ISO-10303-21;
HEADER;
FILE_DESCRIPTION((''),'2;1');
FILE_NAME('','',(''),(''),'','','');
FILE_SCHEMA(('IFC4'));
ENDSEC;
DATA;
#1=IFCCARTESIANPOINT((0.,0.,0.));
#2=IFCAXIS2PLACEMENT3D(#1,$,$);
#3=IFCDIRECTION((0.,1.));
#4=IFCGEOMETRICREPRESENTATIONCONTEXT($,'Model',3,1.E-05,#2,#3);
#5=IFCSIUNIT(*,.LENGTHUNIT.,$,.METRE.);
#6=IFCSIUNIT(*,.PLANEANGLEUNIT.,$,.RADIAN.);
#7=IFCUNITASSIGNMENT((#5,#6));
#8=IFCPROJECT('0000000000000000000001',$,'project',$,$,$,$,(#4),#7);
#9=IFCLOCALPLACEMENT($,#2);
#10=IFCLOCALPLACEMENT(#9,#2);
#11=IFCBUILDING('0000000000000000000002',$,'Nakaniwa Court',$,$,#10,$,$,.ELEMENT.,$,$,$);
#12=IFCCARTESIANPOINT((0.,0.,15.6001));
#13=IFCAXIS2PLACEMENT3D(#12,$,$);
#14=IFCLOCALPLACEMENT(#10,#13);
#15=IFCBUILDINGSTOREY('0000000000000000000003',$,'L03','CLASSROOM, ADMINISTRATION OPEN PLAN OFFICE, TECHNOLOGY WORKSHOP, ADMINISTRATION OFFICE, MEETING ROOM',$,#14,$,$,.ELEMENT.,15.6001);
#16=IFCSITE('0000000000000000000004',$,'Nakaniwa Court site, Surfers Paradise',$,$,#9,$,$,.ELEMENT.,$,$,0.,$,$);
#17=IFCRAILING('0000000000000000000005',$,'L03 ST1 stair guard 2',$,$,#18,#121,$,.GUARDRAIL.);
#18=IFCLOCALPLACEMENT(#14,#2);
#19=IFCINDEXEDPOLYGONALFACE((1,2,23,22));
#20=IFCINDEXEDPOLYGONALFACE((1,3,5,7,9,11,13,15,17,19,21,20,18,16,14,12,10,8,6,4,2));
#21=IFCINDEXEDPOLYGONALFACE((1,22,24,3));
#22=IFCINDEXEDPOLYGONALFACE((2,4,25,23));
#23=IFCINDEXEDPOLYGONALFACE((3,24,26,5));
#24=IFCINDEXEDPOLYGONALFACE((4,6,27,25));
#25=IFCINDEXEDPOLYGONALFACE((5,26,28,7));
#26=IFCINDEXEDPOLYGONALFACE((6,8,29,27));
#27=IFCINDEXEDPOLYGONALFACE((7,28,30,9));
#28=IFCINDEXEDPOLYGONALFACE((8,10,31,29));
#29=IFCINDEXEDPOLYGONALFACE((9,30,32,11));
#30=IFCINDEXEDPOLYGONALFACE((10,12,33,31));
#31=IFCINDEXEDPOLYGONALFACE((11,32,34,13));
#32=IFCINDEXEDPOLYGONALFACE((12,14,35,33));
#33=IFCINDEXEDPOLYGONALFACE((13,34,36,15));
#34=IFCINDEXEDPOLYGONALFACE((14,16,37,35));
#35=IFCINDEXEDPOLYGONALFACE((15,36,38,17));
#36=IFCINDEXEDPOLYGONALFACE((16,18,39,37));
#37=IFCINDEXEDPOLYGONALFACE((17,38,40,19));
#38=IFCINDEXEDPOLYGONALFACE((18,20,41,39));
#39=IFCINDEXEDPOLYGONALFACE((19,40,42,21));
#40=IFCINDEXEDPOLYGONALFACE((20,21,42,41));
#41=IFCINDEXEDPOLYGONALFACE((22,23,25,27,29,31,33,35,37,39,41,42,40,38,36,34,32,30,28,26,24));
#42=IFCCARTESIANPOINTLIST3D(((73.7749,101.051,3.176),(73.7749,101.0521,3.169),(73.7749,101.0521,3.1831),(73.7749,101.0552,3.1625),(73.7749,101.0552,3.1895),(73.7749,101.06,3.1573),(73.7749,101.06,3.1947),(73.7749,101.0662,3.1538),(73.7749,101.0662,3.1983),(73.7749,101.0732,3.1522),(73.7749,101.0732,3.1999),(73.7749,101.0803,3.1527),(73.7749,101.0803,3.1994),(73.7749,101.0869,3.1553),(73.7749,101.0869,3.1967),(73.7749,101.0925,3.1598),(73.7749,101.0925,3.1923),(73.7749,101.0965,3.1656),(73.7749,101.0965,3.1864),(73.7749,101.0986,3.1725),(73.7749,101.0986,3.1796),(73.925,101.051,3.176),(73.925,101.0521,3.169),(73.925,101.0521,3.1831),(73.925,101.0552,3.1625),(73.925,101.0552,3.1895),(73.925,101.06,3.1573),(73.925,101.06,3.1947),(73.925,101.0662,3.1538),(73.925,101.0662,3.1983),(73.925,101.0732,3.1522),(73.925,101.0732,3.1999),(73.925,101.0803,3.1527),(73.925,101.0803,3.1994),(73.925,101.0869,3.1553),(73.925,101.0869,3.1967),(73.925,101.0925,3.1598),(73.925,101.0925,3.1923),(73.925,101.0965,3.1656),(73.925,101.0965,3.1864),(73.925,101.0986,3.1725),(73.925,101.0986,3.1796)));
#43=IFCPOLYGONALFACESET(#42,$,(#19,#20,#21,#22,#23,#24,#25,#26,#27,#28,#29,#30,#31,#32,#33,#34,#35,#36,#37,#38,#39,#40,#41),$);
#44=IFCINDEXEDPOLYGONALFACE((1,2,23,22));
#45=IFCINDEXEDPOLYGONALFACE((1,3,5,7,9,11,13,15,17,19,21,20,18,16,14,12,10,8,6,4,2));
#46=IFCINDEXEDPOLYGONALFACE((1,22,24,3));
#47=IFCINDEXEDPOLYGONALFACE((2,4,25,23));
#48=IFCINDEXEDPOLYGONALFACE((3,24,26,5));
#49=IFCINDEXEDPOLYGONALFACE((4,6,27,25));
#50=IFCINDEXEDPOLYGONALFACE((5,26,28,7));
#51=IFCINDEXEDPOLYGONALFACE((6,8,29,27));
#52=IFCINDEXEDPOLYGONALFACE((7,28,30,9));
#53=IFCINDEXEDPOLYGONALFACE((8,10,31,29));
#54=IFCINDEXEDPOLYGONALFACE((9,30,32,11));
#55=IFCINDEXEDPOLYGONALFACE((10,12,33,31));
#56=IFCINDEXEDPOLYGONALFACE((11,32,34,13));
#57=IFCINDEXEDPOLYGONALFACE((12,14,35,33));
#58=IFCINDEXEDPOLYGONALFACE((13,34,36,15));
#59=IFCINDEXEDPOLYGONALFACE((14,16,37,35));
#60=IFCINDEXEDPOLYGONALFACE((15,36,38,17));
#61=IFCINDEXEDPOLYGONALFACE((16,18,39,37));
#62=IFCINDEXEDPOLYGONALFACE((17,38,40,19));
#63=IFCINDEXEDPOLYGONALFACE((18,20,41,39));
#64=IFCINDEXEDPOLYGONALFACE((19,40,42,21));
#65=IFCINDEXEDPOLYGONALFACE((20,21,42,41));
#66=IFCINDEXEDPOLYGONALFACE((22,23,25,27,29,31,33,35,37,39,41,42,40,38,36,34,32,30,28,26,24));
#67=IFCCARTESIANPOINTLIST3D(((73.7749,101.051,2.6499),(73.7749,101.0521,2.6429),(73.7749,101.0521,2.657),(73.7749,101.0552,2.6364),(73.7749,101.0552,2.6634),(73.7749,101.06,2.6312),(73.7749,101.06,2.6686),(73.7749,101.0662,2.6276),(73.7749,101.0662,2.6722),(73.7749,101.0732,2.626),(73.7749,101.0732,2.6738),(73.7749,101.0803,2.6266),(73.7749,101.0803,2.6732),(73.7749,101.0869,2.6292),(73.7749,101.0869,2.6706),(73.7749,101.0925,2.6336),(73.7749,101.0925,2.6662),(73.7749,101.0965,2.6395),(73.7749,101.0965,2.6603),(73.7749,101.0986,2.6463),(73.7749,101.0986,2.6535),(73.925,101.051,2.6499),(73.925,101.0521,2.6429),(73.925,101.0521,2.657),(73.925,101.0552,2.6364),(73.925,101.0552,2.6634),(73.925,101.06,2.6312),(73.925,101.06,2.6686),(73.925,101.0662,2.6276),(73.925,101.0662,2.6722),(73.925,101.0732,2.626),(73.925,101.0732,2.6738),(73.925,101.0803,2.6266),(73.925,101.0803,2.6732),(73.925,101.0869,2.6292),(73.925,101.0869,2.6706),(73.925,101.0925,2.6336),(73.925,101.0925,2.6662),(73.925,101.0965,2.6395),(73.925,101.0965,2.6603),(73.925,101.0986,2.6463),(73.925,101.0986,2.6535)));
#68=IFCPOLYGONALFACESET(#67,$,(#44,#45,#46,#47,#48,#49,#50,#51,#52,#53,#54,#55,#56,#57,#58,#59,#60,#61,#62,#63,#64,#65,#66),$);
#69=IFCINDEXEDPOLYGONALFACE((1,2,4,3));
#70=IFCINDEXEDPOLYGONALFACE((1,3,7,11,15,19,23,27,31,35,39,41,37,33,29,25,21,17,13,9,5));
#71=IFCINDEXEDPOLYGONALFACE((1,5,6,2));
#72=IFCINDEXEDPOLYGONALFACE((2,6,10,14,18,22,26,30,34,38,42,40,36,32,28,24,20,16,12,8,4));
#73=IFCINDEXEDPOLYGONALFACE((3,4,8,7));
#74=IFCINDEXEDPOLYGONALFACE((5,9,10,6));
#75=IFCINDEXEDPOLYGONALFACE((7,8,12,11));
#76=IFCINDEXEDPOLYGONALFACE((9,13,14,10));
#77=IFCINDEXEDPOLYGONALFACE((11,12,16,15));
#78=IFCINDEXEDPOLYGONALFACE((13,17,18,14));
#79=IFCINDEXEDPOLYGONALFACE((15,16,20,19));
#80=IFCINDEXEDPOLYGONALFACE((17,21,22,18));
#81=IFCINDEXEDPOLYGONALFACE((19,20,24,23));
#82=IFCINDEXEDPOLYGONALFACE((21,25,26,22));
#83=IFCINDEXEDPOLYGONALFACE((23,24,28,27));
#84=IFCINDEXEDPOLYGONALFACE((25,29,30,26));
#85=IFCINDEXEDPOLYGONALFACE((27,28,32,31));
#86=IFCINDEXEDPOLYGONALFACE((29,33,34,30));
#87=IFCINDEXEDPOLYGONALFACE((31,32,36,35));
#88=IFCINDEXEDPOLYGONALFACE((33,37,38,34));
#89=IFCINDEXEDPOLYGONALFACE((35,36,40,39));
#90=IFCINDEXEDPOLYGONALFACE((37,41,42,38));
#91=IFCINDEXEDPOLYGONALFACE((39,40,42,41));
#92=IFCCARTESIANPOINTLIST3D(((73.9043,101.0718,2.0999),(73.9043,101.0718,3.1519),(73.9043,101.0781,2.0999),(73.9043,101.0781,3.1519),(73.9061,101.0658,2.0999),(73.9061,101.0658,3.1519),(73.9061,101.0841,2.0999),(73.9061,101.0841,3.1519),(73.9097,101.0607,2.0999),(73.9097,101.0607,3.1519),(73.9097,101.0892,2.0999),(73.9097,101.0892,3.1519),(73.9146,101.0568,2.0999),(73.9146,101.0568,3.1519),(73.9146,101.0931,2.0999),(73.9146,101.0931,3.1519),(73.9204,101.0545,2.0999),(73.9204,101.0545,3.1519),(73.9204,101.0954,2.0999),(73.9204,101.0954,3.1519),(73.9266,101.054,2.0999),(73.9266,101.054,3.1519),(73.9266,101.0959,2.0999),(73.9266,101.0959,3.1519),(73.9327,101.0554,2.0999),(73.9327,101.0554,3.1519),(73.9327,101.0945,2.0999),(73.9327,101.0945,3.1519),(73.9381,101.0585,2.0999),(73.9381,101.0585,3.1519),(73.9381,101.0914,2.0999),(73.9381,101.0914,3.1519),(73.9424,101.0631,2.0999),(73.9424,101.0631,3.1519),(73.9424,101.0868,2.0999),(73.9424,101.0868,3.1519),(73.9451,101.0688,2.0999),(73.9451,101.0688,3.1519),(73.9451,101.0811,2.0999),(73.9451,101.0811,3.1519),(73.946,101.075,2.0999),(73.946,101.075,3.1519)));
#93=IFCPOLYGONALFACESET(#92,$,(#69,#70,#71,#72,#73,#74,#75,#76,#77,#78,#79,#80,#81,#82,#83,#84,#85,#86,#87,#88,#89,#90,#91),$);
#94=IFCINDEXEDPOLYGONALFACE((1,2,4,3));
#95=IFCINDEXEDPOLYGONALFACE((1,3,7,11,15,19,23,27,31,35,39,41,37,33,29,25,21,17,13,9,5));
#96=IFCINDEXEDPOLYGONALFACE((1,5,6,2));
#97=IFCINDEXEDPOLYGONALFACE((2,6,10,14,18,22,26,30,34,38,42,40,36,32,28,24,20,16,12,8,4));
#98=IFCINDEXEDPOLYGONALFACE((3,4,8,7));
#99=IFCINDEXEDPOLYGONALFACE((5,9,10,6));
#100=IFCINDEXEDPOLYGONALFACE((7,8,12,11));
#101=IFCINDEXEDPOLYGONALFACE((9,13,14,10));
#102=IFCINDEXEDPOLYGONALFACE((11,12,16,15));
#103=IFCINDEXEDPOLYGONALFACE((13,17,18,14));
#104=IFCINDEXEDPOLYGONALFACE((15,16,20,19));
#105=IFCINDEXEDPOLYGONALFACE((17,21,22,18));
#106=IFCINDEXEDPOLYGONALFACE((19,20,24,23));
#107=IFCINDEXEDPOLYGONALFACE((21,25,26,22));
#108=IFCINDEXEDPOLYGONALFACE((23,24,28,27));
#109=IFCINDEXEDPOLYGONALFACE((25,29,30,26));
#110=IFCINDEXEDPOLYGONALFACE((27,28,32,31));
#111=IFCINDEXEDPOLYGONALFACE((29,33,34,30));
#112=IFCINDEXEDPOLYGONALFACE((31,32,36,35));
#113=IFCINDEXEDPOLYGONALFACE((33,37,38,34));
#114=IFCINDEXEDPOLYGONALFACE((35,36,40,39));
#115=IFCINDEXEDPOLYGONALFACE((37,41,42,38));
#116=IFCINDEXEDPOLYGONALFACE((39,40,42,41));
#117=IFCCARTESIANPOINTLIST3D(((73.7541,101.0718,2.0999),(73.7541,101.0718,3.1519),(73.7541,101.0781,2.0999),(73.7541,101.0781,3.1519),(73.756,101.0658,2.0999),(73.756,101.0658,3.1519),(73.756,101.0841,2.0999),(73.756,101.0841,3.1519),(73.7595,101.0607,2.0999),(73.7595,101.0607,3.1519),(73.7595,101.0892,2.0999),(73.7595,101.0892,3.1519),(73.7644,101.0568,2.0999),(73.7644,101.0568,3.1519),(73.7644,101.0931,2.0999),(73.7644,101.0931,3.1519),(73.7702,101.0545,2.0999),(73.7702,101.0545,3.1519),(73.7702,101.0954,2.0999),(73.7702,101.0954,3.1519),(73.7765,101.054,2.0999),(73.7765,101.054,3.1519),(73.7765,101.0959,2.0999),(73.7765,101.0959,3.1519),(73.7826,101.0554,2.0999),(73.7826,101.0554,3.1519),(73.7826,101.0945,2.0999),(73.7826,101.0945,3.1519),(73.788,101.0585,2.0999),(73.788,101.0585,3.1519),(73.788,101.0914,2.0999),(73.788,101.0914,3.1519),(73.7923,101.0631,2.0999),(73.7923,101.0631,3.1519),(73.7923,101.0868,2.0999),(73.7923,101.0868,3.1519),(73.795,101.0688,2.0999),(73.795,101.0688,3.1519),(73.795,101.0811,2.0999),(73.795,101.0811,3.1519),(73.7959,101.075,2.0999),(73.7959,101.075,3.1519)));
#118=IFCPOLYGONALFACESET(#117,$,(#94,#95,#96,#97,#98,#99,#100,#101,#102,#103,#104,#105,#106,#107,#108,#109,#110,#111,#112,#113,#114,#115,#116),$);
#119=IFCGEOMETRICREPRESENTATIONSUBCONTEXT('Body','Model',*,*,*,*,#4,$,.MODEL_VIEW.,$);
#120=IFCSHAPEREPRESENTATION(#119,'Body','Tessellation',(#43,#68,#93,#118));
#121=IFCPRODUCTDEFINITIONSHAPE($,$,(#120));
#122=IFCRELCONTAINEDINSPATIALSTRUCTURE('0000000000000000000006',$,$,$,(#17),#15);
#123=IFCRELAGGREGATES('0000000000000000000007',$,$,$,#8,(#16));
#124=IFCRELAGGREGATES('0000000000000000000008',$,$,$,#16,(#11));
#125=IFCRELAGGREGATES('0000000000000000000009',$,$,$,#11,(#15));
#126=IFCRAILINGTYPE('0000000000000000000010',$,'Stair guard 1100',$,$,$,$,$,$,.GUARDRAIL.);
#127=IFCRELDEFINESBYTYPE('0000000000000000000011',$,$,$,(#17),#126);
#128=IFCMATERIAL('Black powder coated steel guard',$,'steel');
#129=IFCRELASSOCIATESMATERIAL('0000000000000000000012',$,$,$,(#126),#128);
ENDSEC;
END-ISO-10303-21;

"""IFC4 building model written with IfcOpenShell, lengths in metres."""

from ifc_helpers import new_model, si_unit, direction, frame, origin, origin_2d, place, context, subcontext, project, spatial, circle, extrude, material, type_object, element, save


model = new_model("IFC4")

# Units and contexts
model_context = context("Model", 3, precision=1e-05, world=origin(), true_north=direction((0.0, 1.0)))
body_context = subcontext(model_context, "Body", "Model", "MODEL_VIEW")
ifc_project = project(units=[si_unit("LENGTHUNIT", "METRE"), si_unit("PLANEANGLEUNIT", "RADIAN")], contexts=[model_context])

# Site, building, storey
site_placement = place(None, origin())
site = spatial("IfcSite", under=ifc_project, at=site_placement, Name="Nakaniwa Court site, Surfers Paradise", CompositionType="ELEMENT", RefElevation=0.0)
building_placement = place(site_placement, origin())
building = spatial("IfcBuilding", under=site, at=building_placement, Name="Nakaniwa Court", CompositionType="ELEMENT")
storey_placement = place(building_placement, frame((0.0, 0.0, 15.6001)))
storey = spatial("IfcBuildingStorey", under=building, at=storey_placement, Name="L03", Description="CLASSROOM, ADMINISTRATION OPEN PLAN OFFICE, TECHNOLOGY WORKSHOP, ADMINISTRATION OFFICE, MEETING ROOM", CompositionType="ELEMENT", Elevation=15.6001)

# Railing
ifc_material_1 = material(Name="Black powder coated steel guard", Category="steel")
railing_type_1 = type_object("IfcRailingType", Name="Stair guard 1100", PredefinedType="GUARDRAIL", material=ifc_material_1)
railing_1_placement = place(storey_placement, frame((73.925, 101.075, 2.0999)))
element("IfcRailing", 1, at=railing_1_placement, inside=storey, type_object=railing_type_1, Name="L03 ST1 stair guard 2", PredefinedType="GUARDRAIL", context=body_context, shape_type="SweptSolid", body=[
    extrude(circle(Radius=0.0239, at=origin_2d()), frame((0.0, 0.0, 1.0762), z_axis=(-1.0, 0.0, 0.0), x_axis=(0.0, -1.0, 0.0)), (0.0, 0.0, 1.0), 0.1501),
    extrude(circle(Radius=0.0239, at=origin_2d()), frame((0.0, 0.0, 0.55), z_axis=(-1.0, 0.0, 0.0), x_axis=(0.0, -1.0, 0.0)), (0.0, 0.0, 1.0), 0.1501),
    extrude(circle(Radius=0.021, at=origin_2d()), origin(), (0.0, 0.0, 1.0), 1.052),
    extrude(circle(Radius=0.021, at=origin_2d()), frame((-0.1501, 0.0, 0.0)), (0.0, 0.0, 1.0), 1.052),
])

save(model, "model.ifc")
